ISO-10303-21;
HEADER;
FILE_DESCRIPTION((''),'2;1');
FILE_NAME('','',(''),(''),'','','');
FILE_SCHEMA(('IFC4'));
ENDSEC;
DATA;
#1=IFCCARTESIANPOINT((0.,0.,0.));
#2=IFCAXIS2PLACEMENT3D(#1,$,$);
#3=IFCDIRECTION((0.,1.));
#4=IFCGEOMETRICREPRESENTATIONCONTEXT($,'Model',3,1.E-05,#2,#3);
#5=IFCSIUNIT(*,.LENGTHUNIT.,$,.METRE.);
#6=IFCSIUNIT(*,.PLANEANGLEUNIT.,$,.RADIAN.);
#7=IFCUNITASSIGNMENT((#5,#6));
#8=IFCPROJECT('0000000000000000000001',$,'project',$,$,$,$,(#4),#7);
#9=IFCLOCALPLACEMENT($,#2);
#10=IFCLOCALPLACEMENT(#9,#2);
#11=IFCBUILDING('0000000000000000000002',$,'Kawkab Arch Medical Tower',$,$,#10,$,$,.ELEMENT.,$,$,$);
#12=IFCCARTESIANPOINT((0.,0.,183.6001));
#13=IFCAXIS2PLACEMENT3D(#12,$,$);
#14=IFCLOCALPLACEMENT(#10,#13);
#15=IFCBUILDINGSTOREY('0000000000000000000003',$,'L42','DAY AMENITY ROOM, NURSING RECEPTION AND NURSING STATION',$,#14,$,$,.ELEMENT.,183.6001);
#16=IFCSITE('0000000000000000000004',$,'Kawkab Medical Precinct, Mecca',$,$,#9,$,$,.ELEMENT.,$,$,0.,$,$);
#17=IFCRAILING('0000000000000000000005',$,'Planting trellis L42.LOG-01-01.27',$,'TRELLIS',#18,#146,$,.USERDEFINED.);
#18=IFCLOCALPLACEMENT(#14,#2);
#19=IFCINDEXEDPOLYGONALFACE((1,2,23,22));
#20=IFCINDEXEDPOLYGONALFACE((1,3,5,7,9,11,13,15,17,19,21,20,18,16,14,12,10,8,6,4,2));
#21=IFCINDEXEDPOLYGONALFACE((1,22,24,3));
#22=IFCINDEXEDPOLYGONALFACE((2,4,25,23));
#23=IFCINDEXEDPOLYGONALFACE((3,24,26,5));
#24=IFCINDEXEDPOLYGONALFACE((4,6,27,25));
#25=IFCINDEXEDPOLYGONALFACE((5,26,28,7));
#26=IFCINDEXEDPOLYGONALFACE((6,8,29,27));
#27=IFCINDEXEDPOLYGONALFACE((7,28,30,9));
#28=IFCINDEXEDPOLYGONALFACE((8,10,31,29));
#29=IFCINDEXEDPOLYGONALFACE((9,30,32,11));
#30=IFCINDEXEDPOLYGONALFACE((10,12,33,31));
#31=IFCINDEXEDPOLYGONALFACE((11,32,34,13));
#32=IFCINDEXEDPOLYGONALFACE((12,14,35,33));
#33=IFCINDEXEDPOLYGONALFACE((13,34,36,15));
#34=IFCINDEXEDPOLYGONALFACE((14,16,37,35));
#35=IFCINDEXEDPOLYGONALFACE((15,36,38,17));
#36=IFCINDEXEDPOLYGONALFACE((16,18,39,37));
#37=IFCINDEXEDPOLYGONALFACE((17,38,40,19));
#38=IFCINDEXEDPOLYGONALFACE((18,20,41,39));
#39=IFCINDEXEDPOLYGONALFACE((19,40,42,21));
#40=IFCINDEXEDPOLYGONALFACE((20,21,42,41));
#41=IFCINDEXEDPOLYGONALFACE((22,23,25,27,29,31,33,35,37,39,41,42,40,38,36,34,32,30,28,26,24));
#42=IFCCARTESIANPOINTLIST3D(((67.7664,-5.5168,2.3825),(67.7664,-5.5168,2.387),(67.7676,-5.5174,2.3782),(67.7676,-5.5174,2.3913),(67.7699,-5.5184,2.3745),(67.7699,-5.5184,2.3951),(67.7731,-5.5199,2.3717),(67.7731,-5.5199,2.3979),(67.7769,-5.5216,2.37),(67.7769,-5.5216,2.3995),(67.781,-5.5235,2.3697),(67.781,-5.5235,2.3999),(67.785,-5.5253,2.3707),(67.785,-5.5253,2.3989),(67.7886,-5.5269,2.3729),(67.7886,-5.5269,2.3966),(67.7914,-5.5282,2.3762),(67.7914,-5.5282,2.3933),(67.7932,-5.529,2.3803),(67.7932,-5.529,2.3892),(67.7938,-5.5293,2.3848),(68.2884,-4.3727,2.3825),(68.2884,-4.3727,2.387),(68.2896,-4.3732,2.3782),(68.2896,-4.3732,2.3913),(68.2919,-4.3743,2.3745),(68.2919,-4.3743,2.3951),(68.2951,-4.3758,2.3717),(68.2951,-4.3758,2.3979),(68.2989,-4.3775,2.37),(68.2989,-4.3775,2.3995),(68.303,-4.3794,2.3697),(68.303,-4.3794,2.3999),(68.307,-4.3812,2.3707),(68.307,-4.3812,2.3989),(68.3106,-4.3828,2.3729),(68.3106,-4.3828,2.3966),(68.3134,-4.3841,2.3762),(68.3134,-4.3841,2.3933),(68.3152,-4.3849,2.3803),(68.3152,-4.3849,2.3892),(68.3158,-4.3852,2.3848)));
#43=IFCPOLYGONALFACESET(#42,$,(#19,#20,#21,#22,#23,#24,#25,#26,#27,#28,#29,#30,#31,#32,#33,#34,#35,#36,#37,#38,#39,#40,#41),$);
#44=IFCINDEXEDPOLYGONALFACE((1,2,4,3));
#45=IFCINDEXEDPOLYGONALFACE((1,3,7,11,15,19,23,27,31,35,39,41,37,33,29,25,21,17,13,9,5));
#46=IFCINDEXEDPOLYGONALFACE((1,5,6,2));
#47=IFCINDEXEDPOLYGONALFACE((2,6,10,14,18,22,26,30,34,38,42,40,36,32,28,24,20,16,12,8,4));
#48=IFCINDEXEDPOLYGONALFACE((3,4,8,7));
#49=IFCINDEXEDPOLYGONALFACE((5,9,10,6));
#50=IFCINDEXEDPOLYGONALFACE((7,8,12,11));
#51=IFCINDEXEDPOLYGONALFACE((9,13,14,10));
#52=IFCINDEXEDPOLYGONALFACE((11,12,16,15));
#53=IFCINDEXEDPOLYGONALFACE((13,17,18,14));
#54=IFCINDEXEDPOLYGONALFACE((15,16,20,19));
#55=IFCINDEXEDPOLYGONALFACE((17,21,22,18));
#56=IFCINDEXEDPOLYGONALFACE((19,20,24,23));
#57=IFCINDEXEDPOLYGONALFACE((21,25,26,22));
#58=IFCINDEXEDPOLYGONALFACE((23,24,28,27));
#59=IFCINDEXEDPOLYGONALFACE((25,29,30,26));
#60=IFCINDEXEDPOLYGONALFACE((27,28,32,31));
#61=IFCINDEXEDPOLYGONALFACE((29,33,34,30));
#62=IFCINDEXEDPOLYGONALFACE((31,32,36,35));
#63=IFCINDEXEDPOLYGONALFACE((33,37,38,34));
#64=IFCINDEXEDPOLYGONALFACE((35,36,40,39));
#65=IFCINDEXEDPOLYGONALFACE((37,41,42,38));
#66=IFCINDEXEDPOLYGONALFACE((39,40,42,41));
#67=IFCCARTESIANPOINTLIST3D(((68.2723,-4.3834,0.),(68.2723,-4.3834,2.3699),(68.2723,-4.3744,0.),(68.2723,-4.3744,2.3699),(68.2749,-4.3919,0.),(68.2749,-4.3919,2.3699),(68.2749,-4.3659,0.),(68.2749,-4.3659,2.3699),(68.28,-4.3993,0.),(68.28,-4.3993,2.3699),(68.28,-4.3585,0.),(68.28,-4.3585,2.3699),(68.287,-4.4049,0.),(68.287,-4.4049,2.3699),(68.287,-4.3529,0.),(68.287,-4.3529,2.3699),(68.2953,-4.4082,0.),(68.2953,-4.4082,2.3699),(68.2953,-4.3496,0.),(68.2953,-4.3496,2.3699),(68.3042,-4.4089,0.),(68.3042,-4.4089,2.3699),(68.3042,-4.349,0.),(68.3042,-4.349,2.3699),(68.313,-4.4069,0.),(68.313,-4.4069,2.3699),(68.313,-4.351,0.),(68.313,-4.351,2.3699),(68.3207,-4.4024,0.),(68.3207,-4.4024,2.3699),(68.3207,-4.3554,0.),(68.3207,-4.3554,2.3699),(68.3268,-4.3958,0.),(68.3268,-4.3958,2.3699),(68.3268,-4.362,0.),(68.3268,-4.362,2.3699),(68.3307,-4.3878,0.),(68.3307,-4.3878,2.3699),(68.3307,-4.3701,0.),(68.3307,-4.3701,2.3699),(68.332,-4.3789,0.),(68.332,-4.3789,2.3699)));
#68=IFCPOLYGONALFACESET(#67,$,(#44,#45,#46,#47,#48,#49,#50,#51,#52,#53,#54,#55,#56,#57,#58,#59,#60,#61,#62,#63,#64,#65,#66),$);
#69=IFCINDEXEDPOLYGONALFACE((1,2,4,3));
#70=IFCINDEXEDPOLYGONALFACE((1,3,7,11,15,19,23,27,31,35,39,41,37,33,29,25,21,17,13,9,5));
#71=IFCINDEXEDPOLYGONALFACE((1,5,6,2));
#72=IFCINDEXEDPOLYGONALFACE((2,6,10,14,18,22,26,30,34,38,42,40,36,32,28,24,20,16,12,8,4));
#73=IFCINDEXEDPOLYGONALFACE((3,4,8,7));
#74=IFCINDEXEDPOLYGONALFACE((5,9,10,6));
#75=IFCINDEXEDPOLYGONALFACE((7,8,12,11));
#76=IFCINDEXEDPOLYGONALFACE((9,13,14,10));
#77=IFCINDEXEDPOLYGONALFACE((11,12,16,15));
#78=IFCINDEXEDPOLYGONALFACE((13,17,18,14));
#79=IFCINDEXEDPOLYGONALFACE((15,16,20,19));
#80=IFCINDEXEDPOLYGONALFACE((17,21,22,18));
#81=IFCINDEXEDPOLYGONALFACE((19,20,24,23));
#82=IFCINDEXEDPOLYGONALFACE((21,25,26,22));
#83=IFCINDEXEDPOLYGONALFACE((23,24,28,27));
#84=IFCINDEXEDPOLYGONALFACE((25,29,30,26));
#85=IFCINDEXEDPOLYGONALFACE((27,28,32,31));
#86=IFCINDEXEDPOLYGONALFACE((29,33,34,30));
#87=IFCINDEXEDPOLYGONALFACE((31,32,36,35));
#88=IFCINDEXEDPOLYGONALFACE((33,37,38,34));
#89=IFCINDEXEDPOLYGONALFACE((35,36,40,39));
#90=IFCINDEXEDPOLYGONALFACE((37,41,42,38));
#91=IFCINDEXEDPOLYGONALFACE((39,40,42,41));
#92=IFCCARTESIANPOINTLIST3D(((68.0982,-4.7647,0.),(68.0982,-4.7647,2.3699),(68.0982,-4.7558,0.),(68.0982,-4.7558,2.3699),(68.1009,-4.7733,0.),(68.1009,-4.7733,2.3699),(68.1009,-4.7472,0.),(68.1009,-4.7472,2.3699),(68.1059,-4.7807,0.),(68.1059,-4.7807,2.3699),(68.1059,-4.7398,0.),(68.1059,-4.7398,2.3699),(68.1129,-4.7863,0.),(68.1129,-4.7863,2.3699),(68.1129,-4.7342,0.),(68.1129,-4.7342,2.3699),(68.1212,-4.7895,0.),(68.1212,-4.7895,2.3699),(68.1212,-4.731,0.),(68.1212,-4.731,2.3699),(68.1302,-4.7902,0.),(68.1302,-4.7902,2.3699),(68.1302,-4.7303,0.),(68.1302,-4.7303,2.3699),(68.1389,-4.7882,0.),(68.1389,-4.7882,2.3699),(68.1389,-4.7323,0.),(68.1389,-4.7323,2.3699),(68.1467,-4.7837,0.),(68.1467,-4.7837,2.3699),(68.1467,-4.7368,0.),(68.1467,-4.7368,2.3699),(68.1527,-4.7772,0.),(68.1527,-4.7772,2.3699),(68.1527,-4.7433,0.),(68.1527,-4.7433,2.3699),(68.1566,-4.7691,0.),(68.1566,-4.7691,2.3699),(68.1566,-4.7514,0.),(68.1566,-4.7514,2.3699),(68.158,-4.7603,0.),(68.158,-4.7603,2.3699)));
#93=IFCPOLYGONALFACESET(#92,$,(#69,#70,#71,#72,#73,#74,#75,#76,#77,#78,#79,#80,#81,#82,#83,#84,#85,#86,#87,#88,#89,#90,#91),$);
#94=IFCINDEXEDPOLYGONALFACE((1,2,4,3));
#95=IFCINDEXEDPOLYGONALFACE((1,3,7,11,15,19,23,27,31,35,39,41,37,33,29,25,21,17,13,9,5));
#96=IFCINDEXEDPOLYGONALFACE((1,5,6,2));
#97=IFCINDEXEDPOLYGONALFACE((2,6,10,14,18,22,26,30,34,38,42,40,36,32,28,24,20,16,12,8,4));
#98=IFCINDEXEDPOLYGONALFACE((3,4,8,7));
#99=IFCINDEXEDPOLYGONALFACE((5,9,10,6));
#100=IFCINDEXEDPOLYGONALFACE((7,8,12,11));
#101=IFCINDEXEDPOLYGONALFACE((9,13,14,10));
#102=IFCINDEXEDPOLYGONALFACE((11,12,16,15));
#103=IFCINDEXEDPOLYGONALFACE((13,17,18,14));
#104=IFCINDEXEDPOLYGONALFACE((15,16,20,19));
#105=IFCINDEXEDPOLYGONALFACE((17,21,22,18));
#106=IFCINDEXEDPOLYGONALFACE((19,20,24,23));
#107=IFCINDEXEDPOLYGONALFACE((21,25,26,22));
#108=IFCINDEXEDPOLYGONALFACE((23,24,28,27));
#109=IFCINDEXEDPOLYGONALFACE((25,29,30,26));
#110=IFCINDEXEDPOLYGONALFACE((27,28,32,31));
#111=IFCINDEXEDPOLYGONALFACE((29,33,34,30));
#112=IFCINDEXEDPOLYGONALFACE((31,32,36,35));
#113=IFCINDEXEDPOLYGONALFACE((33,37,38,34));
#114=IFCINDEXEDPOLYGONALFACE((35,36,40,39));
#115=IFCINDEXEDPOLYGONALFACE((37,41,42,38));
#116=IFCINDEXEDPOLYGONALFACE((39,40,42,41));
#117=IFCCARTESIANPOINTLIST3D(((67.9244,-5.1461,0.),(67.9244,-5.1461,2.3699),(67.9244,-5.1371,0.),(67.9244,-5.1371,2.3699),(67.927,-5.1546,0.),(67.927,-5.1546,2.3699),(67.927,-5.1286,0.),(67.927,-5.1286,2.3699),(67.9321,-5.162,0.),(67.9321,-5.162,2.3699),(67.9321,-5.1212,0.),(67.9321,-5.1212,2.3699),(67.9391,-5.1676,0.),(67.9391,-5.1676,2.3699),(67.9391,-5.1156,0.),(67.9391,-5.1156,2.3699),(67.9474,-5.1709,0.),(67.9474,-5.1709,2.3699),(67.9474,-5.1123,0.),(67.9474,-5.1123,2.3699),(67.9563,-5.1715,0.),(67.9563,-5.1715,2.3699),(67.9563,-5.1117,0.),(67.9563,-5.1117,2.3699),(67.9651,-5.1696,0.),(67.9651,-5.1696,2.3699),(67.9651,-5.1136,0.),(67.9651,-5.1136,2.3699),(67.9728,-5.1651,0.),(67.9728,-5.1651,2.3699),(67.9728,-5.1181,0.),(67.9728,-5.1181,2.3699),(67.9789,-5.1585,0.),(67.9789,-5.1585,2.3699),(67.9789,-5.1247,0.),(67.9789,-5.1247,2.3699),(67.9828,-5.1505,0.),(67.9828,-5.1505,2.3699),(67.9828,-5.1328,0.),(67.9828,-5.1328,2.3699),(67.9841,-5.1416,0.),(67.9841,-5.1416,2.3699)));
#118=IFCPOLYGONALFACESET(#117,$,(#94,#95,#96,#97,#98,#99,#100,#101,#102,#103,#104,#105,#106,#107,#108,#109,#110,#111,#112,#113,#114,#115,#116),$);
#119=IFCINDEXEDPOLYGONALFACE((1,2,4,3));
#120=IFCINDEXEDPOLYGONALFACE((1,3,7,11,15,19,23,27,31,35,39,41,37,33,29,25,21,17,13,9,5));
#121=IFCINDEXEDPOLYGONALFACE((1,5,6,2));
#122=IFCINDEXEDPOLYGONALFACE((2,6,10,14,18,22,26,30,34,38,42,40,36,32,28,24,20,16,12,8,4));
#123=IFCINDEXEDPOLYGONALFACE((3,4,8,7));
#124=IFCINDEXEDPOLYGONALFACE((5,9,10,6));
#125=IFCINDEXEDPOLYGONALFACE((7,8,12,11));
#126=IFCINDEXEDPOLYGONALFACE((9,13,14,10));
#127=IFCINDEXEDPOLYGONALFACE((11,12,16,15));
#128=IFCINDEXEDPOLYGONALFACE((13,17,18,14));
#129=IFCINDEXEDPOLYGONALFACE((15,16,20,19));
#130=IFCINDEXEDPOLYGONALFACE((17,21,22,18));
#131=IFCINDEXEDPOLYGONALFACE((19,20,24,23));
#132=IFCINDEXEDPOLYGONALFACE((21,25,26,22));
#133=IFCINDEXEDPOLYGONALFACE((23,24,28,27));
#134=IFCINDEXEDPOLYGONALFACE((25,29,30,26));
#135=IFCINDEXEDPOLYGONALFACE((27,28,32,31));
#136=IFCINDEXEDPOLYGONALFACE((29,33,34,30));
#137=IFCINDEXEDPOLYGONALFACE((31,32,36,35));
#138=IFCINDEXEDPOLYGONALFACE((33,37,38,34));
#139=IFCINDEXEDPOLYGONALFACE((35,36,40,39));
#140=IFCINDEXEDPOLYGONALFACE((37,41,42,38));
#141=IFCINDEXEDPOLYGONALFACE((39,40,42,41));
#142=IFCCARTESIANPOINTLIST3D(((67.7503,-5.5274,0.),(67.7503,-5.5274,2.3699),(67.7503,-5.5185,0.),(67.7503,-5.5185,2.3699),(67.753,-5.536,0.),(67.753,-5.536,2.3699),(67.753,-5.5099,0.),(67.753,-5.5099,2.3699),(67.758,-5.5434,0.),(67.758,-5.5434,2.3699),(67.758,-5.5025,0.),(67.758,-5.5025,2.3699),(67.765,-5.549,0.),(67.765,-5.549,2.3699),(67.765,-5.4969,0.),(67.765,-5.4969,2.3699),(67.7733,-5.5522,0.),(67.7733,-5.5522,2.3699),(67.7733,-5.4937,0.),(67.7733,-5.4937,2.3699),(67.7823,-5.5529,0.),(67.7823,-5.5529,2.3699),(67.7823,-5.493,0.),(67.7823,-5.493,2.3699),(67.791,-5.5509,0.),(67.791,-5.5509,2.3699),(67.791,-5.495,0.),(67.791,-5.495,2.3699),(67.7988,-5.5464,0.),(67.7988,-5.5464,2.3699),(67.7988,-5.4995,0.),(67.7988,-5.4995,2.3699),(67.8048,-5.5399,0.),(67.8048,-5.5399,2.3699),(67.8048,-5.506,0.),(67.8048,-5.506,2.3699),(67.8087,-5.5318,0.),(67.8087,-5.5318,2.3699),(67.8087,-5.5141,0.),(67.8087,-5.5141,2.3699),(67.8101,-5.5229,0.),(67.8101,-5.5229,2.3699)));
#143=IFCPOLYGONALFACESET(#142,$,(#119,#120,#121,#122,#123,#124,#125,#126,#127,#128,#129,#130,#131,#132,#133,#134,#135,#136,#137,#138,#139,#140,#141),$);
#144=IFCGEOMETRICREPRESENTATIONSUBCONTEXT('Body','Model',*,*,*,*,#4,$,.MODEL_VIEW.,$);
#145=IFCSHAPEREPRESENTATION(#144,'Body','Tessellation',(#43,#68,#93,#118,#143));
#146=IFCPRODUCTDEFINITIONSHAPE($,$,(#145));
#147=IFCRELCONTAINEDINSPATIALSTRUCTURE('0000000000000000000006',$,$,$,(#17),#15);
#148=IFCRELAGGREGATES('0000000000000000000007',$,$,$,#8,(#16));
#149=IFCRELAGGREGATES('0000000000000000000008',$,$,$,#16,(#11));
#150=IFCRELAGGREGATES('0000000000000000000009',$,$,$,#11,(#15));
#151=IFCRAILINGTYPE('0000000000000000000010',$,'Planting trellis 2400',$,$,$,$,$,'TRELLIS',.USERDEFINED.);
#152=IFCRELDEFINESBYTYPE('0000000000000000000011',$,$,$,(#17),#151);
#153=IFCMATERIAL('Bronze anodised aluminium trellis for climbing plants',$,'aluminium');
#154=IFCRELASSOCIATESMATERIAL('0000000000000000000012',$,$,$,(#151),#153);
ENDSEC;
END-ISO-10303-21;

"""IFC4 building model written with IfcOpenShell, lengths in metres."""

from ifc_helpers import new_model, si_unit, direction, frame, origin, origin_2d, place, context, subcontext, project, spatial, circle, extrude, material, type_object, element, save


model = new_model("IFC4")

# Units and contexts
model_context = context("Model", 3, precision=1e-05, world=origin(), true_north=direction((0.0, 1.0)))
body_context = subcontext(model_context, "Body", "Model", "MODEL_VIEW")
ifc_project = project(units=[si_unit("LENGTHUNIT", "METRE"), si_unit("PLANEANGLEUNIT", "RADIAN")], contexts=[model_context])

# Site, building, storey
site_placement = place(None, origin())
site = spatial("IfcSite", under=ifc_project, at=site_placement, Name="Kawkab Medical Precinct, Mecca", CompositionType="ELEMENT", RefElevation=0.0)
building_placement = place(site_placement, origin())
building = spatial("IfcBuilding", under=site, at=building_placement, Name="Kawkab Arch Medical Tower", CompositionType="ELEMENT")
storey_placement = place(building_placement, frame((0.0, 0.0, 183.6001)))
storey = spatial("IfcBuildingStorey", under=building, at=storey_placement, Name="L42", Description="DAY AMENITY ROOM, NURSING RECEPTION AND NURSING STATION", CompositionType="ELEMENT", Elevation=183.6001)

# Railing
ifc_material_1 = material(Name="Bronze anodised aluminium trellis for climbing plants", Category="aluminium")
railing_type_1 = type_object("IfcRailingType", Name="Planting trellis 2400", ElementType="TRELLIS", PredefinedType="USERDEFINED", material=ifc_material_1)
railing_1_placement = place(storey_placement, frame((68.302, -4.3789, 0.0)))
element("IfcRailing", 1, at=railing_1_placement, inside=storey, type_object=railing_type_1, Name="Planting trellis L42.LOG-01-01.27", ObjectType="TRELLIS", PredefinedType="USERDEFINED", context=body_context, shape_type="SweptSolid", body=[
    extrude(circle(Radius=0.0151, at=origin_2d()), frame((0.0, 0.0, 2.3848), z_axis=(-0.41509, -0.90978, 0.0), x_axis=(0.90978, -0.41509, 0.0)), (0.0, 0.0, 1.0), 1.2576),
    extrude(circle(Radius=0.03, at=origin_2d()), origin(), (0.0, 0.0, 1.0), 2.3699),
    extrude(circle(Radius=0.03, at=origin_2d()), frame((-0.1741, -0.3813, 0.0)), (0.0, 0.0, 1.0), 2.3699),
    extrude(circle(Radius=0.03, at=origin_2d()), frame((-0.3479, -0.7627, 0.0)), (0.0, 0.0, 1.0), 2.3699),
    extrude(circle(Radius=0.03, at=origin_2d()), frame((-0.522, -1.144, 0.0)), (0.0, 0.0, 1.0), 2.3699),
])

save(model, "model.ifc")
